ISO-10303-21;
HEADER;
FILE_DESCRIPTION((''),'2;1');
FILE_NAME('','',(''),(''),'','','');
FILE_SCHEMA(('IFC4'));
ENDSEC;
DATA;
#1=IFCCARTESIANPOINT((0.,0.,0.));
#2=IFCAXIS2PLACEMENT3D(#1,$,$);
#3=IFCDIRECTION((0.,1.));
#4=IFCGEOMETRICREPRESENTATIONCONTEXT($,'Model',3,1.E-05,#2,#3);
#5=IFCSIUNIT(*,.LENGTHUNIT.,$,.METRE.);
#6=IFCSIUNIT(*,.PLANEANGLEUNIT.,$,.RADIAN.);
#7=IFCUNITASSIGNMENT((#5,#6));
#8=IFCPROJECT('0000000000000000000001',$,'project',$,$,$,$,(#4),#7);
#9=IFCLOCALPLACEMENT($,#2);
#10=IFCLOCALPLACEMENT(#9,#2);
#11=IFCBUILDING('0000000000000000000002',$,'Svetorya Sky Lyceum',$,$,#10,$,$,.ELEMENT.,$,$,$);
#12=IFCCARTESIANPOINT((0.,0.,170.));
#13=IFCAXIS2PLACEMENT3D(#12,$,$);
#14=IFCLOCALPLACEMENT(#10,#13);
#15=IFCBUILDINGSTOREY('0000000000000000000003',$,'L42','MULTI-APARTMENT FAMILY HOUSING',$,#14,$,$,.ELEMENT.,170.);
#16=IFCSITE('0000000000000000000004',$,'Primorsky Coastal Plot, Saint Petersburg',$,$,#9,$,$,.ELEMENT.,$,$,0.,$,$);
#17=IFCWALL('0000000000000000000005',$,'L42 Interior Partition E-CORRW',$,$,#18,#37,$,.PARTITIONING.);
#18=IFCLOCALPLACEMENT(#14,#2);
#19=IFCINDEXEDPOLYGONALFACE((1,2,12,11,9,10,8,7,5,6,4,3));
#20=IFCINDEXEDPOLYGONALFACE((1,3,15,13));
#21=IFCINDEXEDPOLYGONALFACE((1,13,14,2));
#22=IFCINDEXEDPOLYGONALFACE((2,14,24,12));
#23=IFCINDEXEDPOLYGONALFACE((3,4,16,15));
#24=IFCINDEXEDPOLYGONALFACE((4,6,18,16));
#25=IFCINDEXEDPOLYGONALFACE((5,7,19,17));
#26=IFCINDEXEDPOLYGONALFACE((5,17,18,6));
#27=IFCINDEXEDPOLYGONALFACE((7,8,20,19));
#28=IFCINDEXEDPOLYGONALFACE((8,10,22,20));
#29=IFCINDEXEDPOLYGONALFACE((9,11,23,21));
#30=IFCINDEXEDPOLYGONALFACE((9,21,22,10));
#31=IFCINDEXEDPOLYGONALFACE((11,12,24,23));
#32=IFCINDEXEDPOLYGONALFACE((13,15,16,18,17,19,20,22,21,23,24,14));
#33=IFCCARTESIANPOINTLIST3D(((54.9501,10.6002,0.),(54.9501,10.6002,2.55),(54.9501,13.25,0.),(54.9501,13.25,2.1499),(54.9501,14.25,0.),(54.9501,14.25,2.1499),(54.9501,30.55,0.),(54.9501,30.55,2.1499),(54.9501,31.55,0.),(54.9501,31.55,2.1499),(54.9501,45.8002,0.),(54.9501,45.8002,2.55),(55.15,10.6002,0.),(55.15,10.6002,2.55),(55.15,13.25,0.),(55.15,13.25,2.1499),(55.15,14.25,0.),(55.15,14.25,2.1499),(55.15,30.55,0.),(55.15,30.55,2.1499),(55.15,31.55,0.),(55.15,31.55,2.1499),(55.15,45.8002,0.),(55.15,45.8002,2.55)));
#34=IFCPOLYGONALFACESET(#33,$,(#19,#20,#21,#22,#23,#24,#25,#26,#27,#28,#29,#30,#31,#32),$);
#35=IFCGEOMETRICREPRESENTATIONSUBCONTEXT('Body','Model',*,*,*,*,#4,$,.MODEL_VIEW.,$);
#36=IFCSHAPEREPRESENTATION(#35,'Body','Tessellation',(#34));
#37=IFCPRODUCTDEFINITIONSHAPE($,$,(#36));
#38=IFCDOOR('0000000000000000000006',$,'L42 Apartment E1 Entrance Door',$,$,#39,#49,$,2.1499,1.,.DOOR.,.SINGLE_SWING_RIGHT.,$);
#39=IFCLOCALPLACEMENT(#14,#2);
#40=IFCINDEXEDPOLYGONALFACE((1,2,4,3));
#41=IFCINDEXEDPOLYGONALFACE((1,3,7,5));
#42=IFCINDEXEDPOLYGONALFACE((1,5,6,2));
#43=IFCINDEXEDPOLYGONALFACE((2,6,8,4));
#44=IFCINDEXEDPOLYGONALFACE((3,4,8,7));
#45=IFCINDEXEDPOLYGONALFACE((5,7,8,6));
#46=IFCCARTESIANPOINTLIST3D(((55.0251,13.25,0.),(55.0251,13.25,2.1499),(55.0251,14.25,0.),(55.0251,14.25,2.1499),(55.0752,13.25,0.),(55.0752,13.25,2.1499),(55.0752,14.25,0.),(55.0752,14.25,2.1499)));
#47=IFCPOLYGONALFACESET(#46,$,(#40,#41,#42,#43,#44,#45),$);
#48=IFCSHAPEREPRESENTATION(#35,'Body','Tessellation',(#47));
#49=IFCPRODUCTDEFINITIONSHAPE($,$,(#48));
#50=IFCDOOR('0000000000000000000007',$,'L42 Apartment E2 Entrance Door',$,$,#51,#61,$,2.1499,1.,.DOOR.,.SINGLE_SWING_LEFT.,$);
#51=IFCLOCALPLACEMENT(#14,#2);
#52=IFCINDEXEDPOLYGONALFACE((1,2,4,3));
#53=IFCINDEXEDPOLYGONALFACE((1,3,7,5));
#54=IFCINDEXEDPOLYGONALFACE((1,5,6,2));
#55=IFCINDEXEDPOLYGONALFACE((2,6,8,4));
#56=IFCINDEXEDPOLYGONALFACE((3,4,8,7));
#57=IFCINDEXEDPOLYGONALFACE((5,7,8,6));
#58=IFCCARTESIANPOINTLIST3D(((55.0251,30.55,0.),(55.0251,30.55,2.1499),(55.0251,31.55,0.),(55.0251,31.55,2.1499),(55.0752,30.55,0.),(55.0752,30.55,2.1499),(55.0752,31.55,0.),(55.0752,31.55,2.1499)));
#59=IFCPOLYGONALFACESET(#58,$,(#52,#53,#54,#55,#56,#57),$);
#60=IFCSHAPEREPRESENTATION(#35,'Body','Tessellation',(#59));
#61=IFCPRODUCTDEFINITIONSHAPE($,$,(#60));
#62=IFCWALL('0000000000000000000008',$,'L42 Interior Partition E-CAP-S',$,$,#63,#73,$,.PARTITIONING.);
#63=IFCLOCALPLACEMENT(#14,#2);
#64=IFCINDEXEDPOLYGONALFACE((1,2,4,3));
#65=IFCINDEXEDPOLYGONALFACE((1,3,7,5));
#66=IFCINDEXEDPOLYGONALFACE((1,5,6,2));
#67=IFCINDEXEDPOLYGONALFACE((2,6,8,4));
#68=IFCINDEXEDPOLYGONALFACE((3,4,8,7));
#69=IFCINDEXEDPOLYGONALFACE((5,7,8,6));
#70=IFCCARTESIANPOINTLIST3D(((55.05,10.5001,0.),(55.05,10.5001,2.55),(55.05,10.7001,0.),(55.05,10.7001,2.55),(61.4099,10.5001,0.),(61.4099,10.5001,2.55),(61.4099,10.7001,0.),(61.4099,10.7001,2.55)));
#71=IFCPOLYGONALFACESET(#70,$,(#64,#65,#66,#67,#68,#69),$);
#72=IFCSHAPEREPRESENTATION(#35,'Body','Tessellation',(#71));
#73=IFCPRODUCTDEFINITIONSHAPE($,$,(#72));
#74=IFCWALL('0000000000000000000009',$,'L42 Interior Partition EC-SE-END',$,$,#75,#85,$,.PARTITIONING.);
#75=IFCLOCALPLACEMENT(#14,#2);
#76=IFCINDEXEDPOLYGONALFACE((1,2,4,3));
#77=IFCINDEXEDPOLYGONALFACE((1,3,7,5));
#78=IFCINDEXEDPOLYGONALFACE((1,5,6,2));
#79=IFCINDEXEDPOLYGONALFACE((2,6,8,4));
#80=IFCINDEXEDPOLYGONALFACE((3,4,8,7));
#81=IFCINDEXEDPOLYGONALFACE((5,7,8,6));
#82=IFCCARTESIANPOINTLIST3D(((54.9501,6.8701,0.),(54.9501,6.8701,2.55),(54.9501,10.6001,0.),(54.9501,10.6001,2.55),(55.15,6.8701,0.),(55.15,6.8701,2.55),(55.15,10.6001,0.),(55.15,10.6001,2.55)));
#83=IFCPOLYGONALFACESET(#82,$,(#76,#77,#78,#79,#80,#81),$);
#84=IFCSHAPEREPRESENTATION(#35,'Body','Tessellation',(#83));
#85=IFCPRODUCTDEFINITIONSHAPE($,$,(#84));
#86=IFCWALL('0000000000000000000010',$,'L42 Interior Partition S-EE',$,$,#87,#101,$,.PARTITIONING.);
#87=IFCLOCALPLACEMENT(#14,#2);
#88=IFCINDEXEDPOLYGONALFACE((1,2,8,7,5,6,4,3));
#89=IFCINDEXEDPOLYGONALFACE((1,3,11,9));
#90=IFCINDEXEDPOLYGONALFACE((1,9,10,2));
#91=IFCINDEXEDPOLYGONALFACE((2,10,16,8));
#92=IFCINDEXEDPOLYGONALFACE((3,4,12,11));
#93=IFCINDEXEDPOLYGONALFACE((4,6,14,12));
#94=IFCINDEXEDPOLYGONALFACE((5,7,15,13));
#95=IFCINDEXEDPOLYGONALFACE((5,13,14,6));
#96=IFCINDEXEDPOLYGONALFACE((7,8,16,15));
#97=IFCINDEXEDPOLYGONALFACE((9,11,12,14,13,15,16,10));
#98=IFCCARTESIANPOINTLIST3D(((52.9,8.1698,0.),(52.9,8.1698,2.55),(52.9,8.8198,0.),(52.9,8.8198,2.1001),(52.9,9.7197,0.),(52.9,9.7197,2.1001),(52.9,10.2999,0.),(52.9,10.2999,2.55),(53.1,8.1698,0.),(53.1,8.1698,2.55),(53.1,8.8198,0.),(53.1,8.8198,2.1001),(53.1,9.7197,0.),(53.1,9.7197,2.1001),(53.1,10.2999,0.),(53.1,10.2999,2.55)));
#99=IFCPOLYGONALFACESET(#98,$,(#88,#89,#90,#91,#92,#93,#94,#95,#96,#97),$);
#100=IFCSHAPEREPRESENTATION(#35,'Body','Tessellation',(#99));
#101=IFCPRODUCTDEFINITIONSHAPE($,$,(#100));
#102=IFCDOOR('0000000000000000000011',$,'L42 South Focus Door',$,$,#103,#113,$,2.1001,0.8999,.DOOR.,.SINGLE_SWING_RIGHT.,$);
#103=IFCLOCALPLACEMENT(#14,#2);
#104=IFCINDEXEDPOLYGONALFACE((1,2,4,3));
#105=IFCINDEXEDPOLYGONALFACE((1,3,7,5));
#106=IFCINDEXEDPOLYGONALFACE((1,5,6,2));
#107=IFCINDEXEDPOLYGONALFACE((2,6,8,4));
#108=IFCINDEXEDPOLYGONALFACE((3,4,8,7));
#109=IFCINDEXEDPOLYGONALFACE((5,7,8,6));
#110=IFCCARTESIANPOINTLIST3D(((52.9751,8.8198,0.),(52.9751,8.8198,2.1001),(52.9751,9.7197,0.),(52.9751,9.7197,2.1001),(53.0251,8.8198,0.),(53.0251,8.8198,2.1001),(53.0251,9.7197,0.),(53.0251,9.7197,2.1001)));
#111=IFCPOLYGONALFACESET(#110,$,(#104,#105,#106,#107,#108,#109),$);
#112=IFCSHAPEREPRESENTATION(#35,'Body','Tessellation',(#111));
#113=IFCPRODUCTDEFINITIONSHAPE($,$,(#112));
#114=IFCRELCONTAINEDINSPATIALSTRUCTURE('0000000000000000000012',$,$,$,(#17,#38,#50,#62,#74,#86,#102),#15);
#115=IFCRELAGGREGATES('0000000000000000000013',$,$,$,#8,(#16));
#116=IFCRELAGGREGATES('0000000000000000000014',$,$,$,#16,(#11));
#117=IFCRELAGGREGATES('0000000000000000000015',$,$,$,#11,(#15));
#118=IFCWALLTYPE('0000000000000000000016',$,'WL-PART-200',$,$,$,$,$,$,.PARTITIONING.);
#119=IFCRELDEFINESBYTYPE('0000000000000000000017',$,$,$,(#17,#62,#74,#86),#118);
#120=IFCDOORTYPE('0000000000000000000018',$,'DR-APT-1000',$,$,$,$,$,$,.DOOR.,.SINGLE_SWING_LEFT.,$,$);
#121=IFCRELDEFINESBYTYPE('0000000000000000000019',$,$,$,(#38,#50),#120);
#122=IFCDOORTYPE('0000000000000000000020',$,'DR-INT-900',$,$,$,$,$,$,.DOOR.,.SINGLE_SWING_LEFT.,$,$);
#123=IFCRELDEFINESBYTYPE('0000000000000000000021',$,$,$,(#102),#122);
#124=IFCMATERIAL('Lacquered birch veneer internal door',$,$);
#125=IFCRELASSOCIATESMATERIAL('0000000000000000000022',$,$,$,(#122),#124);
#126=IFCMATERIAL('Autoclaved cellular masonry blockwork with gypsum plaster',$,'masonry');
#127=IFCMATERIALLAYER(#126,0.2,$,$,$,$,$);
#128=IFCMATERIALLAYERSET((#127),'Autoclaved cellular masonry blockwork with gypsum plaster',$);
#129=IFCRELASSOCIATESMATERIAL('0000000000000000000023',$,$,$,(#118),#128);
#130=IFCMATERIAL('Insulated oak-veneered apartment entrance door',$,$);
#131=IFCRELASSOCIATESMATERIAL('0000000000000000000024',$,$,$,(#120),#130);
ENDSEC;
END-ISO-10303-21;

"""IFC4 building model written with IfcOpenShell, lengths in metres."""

from ifc_helpers import new_model, si_unit, direction, frame, frame_2d, origin, place, context, subcontext, project, spatial, rectangle, extrude, material, layer, layer_set, type_object, element, fill, save


model = new_model("IFC4")

# Units and contexts
model_context = context("Model", 3, precision=1e-05, world=origin(), true_north=direction((0.0, 1.0)))
body_context = subcontext(model_context, "Body", "Model", "MODEL_VIEW")
ifc_project = project(units=[si_unit("LENGTHUNIT", "METRE"), si_unit("PLANEANGLEUNIT", "RADIAN")], contexts=[model_context])

# Site, building, storey
site_placement = place(None, origin())
site = spatial("IfcSite", under=ifc_project, at=site_placement, Name="Primorsky Coastal Plot, Saint Petersburg", CompositionType="ELEMENT", RefElevation=0.0)
building_placement = place(site_placement, origin())
building = spatial("IfcBuilding", under=site, at=building_placement, Name="Svetorya Sky Lyceum", CompositionType="ELEMENT")
storey_placement = place(building_placement, frame((0.0, 0.0, 170.0)))
storey = spatial("IfcBuildingStorey", under=building, at=storey_placement, Name="L42", Description="MULTI-APARTMENT FAMILY HOUSING", CompositionType="ELEMENT", Elevation=170.0)

# Wall, openings, doors
ifc_material_1 = material(Name="Lacquered birch veneer internal door")
door_type_1 = type_object("IfcDoorType", Name="DR-INT-900", OperationType="SINGLE_SWING_LEFT", PredefinedType="DOOR", material=ifc_material_1)
ifc_material_2 = material(Name="Autoclaved cellular masonry blockwork with gypsum plaster", Category="masonry")
ifc_layer_1 = layer(ifc_material_2, 0.2)
ifc_layer_set_1 = layer_set([ifc_layer_1], Name="Autoclaved cellular masonry blockwork with gypsum plaster")
wall_type_1 = type_object("IfcWallType", Name="WL-PART-200", PredefinedType="PARTITIONING", material=ifc_layer_set_1)
wall_1_placement = place(storey_placement, frame((55.05, 10.6001, 0.0), z_axis=(0.0, 0.0, 1.0), x_axis=(0.0, 1.0, 0.0)))
wall_1 = element("IfcWall", 1, at=wall_1_placement, inside=storey, type_object=wall_type_1, Name="L42 Interior Partition E-CORRW", PredefinedType="PARTITIONING", context=body_context, shape_type="SweptSolid", body=[
    extrude(rectangle(XDim=35.2, YDim=0.2, at=frame_2d((17.6001, 0.0))), origin(), (0.0, 0.0, 1.0), 2.55),
])
opening_1_placement = place(wall_1_placement, frame((2.6499, 0.0, 0.0)))
opening_1 = element("IfcOpeningElement", 2, at=opening_1_placement, cuts=wall_1, PredefinedType="OPENING", context=body_context, shape_type="SweptSolid", body=[
    extrude(rectangle(XDim=1.0, YDim=2.1499, at=frame_2d((0.5, 1.075))), frame((0.0, 0.1099, 0.0), z_axis=(0.0, -1.0, 0.0), x_axis=(1.0, 0.0, 0.0)), (0.0, 0.0, 1.0), 0.22),
])
opening_2_placement = place(wall_1_placement, frame((19.95, 0.0, 0.0)))
opening_2 = element("IfcOpeningElement", 3, at=opening_2_placement, cuts=wall_1, PredefinedType="OPENING", context=body_context, shape_type="SweptSolid", body=[
    extrude(rectangle(XDim=1.0, YDim=2.1499, at=frame_2d((0.5, 1.075))), frame((0.0, 0.1099, 0.0), z_axis=(0.0, -1.0, 0.0), x_axis=(1.0, 0.0, 0.0)), (0.0, 0.0, 1.0), 0.22),
])
ifc_material_3 = material(Name="Insulated oak-veneered apartment entrance door")
door_type_2 = type_object("IfcDoorType", Name="DR-APT-1000", OperationType="SINGLE_SWING_LEFT", PredefinedType="DOOR", material=ifc_material_3)
door_1_placement = place(opening_1_placement, origin())
door_1 = element("IfcDoor", 4, at=door_1_placement, inside=storey, type_object=door_type_2, Name="L42 Apartment E1 Entrance Door", OperationType="SINGLE_SWING_RIGHT", OverallHeight=2.1499, OverallWidth=1.0, PredefinedType="DOOR", context=body_context, shape_type="SweptSolid", body=[
    extrude(rectangle(XDim=1.0, YDim=2.1499, at=frame_2d((0.5, 1.075))), frame((0.0, 0.0249, 0.0), z_axis=(0.0, -1.0, 0.0), x_axis=(1.0, 0.0, 0.0)), (0.0, 0.0, 1.0), 0.05),
])
fill(opening_1, door_1)
door_2_placement = place(opening_2_placement, origin())
door_2 = element("IfcDoor", 5, at=door_2_placement, inside=storey, type_object=door_type_2, Name="L42 Apartment E2 Entrance Door", OperationType="SINGLE_SWING_LEFT", OverallHeight=2.1499, OverallWidth=1.0, PredefinedType="DOOR", context=body_context, shape_type="SweptSolid", body=[
    extrude(rectangle(XDim=1.0, YDim=2.1499, at=frame_2d((0.5, 1.075))), frame((0.0, 0.0249, 0.0), z_axis=(0.0, -1.0, 0.0), x_axis=(1.0, 0.0, 0.0)), (0.0, 0.0, 1.0), 0.05),
])
fill(opening_2, door_2)

# Walls
wall_2_placement = place(storey_placement, frame((55.05, 10.6001, 0.0), z_axis=(0.0, 0.0, 1.0), x_axis=(1.0, 0.0, 0.0)))
element("IfcWall", 6, at=wall_2_placement, inside=storey, type_object=wall_type_1, Name="L42 Interior Partition E-CAP-S", PredefinedType="PARTITIONING", context=body_context, shape_type="SweptSolid", body=[
    extrude(rectangle(XDim=6.3599, YDim=0.2, at=frame_2d((3.1799, 0.0))), origin(), (0.0, 0.0, 1.0), 2.55),
])
wall_3_placement = place(storey_placement, frame((55.05, 6.8701, 0.0), z_axis=(0.0, 0.0, 1.0), x_axis=(0.0, 1.0, 0.0)))
element("IfcWall", 7, at=wall_3_placement, inside=storey, type_object=wall_type_1, Name="L42 Interior Partition EC-SE-END", PredefinedType="PARTITIONING", context=body_context, shape_type="SweptSolid", body=[
    extrude(rectangle(XDim=3.73, YDim=0.2, at=frame_2d((1.865, 0.0))), origin(), (0.0, 0.0, 1.0), 2.55),
])

# Wall, opening, door
wall_4_placement = place(storey_placement, frame((53.0, 8.1699, 0.0), z_axis=(0.0, 0.0, 1.0), x_axis=(0.0, 1.0, 0.0)))
wall_4 = element("IfcWall", 8, at=wall_4_placement, inside=storey, type_object=wall_type_1, Name="L42 Interior Partition S-EE", PredefinedType="PARTITIONING", context=body_context, shape_type="SweptSolid", body=[
    extrude(rectangle(XDim=2.1301, YDim=0.2, at=frame_2d((1.0649, 0.0))), origin(), (0.0, 0.0, 1.0), 2.55),
])
opening_3_placement = place(wall_4_placement, frame((0.6499, 0.0, 0.0)))
opening_3 = element("IfcOpeningElement", 9, at=opening_3_placement, cuts=wall_4, PredefinedType="OPENING", context=body_context, shape_type="SweptSolid", body=[
    extrude(rectangle(XDim=0.8999, YDim=2.1001, at=frame_2d((0.45, 1.05))), frame((0.0, 0.1099, 0.0), z_axis=(0.0, -1.0, 0.0), x_axis=(1.0, 0.0, 0.0)), (0.0, 0.0, 1.0), 0.22),
])
door_3_placement = place(opening_3_placement, origin())
door_3 = element("IfcDoor", 10, at=door_3_placement, inside=storey, type_object=door_type_1, Name="L42 South Focus Door", OperationType="SINGLE_SWING_RIGHT", OverallHeight=2.1001, OverallWidth=0.8999, PredefinedType="DOOR", context=body_context, shape_type="SweptSolid", body=[
    extrude(rectangle(XDim=0.8999, YDim=2.1001, at=frame_2d((0.45, 1.05))), frame((0.0, 0.0249, 0.0), z_axis=(0.0, -1.0, 0.0), x_axis=(1.0, 0.0, 0.0)), (0.0, 0.0, 1.0), 0.05),
])
fill(opening_3, door_3)

save(model, "model.ifc")
